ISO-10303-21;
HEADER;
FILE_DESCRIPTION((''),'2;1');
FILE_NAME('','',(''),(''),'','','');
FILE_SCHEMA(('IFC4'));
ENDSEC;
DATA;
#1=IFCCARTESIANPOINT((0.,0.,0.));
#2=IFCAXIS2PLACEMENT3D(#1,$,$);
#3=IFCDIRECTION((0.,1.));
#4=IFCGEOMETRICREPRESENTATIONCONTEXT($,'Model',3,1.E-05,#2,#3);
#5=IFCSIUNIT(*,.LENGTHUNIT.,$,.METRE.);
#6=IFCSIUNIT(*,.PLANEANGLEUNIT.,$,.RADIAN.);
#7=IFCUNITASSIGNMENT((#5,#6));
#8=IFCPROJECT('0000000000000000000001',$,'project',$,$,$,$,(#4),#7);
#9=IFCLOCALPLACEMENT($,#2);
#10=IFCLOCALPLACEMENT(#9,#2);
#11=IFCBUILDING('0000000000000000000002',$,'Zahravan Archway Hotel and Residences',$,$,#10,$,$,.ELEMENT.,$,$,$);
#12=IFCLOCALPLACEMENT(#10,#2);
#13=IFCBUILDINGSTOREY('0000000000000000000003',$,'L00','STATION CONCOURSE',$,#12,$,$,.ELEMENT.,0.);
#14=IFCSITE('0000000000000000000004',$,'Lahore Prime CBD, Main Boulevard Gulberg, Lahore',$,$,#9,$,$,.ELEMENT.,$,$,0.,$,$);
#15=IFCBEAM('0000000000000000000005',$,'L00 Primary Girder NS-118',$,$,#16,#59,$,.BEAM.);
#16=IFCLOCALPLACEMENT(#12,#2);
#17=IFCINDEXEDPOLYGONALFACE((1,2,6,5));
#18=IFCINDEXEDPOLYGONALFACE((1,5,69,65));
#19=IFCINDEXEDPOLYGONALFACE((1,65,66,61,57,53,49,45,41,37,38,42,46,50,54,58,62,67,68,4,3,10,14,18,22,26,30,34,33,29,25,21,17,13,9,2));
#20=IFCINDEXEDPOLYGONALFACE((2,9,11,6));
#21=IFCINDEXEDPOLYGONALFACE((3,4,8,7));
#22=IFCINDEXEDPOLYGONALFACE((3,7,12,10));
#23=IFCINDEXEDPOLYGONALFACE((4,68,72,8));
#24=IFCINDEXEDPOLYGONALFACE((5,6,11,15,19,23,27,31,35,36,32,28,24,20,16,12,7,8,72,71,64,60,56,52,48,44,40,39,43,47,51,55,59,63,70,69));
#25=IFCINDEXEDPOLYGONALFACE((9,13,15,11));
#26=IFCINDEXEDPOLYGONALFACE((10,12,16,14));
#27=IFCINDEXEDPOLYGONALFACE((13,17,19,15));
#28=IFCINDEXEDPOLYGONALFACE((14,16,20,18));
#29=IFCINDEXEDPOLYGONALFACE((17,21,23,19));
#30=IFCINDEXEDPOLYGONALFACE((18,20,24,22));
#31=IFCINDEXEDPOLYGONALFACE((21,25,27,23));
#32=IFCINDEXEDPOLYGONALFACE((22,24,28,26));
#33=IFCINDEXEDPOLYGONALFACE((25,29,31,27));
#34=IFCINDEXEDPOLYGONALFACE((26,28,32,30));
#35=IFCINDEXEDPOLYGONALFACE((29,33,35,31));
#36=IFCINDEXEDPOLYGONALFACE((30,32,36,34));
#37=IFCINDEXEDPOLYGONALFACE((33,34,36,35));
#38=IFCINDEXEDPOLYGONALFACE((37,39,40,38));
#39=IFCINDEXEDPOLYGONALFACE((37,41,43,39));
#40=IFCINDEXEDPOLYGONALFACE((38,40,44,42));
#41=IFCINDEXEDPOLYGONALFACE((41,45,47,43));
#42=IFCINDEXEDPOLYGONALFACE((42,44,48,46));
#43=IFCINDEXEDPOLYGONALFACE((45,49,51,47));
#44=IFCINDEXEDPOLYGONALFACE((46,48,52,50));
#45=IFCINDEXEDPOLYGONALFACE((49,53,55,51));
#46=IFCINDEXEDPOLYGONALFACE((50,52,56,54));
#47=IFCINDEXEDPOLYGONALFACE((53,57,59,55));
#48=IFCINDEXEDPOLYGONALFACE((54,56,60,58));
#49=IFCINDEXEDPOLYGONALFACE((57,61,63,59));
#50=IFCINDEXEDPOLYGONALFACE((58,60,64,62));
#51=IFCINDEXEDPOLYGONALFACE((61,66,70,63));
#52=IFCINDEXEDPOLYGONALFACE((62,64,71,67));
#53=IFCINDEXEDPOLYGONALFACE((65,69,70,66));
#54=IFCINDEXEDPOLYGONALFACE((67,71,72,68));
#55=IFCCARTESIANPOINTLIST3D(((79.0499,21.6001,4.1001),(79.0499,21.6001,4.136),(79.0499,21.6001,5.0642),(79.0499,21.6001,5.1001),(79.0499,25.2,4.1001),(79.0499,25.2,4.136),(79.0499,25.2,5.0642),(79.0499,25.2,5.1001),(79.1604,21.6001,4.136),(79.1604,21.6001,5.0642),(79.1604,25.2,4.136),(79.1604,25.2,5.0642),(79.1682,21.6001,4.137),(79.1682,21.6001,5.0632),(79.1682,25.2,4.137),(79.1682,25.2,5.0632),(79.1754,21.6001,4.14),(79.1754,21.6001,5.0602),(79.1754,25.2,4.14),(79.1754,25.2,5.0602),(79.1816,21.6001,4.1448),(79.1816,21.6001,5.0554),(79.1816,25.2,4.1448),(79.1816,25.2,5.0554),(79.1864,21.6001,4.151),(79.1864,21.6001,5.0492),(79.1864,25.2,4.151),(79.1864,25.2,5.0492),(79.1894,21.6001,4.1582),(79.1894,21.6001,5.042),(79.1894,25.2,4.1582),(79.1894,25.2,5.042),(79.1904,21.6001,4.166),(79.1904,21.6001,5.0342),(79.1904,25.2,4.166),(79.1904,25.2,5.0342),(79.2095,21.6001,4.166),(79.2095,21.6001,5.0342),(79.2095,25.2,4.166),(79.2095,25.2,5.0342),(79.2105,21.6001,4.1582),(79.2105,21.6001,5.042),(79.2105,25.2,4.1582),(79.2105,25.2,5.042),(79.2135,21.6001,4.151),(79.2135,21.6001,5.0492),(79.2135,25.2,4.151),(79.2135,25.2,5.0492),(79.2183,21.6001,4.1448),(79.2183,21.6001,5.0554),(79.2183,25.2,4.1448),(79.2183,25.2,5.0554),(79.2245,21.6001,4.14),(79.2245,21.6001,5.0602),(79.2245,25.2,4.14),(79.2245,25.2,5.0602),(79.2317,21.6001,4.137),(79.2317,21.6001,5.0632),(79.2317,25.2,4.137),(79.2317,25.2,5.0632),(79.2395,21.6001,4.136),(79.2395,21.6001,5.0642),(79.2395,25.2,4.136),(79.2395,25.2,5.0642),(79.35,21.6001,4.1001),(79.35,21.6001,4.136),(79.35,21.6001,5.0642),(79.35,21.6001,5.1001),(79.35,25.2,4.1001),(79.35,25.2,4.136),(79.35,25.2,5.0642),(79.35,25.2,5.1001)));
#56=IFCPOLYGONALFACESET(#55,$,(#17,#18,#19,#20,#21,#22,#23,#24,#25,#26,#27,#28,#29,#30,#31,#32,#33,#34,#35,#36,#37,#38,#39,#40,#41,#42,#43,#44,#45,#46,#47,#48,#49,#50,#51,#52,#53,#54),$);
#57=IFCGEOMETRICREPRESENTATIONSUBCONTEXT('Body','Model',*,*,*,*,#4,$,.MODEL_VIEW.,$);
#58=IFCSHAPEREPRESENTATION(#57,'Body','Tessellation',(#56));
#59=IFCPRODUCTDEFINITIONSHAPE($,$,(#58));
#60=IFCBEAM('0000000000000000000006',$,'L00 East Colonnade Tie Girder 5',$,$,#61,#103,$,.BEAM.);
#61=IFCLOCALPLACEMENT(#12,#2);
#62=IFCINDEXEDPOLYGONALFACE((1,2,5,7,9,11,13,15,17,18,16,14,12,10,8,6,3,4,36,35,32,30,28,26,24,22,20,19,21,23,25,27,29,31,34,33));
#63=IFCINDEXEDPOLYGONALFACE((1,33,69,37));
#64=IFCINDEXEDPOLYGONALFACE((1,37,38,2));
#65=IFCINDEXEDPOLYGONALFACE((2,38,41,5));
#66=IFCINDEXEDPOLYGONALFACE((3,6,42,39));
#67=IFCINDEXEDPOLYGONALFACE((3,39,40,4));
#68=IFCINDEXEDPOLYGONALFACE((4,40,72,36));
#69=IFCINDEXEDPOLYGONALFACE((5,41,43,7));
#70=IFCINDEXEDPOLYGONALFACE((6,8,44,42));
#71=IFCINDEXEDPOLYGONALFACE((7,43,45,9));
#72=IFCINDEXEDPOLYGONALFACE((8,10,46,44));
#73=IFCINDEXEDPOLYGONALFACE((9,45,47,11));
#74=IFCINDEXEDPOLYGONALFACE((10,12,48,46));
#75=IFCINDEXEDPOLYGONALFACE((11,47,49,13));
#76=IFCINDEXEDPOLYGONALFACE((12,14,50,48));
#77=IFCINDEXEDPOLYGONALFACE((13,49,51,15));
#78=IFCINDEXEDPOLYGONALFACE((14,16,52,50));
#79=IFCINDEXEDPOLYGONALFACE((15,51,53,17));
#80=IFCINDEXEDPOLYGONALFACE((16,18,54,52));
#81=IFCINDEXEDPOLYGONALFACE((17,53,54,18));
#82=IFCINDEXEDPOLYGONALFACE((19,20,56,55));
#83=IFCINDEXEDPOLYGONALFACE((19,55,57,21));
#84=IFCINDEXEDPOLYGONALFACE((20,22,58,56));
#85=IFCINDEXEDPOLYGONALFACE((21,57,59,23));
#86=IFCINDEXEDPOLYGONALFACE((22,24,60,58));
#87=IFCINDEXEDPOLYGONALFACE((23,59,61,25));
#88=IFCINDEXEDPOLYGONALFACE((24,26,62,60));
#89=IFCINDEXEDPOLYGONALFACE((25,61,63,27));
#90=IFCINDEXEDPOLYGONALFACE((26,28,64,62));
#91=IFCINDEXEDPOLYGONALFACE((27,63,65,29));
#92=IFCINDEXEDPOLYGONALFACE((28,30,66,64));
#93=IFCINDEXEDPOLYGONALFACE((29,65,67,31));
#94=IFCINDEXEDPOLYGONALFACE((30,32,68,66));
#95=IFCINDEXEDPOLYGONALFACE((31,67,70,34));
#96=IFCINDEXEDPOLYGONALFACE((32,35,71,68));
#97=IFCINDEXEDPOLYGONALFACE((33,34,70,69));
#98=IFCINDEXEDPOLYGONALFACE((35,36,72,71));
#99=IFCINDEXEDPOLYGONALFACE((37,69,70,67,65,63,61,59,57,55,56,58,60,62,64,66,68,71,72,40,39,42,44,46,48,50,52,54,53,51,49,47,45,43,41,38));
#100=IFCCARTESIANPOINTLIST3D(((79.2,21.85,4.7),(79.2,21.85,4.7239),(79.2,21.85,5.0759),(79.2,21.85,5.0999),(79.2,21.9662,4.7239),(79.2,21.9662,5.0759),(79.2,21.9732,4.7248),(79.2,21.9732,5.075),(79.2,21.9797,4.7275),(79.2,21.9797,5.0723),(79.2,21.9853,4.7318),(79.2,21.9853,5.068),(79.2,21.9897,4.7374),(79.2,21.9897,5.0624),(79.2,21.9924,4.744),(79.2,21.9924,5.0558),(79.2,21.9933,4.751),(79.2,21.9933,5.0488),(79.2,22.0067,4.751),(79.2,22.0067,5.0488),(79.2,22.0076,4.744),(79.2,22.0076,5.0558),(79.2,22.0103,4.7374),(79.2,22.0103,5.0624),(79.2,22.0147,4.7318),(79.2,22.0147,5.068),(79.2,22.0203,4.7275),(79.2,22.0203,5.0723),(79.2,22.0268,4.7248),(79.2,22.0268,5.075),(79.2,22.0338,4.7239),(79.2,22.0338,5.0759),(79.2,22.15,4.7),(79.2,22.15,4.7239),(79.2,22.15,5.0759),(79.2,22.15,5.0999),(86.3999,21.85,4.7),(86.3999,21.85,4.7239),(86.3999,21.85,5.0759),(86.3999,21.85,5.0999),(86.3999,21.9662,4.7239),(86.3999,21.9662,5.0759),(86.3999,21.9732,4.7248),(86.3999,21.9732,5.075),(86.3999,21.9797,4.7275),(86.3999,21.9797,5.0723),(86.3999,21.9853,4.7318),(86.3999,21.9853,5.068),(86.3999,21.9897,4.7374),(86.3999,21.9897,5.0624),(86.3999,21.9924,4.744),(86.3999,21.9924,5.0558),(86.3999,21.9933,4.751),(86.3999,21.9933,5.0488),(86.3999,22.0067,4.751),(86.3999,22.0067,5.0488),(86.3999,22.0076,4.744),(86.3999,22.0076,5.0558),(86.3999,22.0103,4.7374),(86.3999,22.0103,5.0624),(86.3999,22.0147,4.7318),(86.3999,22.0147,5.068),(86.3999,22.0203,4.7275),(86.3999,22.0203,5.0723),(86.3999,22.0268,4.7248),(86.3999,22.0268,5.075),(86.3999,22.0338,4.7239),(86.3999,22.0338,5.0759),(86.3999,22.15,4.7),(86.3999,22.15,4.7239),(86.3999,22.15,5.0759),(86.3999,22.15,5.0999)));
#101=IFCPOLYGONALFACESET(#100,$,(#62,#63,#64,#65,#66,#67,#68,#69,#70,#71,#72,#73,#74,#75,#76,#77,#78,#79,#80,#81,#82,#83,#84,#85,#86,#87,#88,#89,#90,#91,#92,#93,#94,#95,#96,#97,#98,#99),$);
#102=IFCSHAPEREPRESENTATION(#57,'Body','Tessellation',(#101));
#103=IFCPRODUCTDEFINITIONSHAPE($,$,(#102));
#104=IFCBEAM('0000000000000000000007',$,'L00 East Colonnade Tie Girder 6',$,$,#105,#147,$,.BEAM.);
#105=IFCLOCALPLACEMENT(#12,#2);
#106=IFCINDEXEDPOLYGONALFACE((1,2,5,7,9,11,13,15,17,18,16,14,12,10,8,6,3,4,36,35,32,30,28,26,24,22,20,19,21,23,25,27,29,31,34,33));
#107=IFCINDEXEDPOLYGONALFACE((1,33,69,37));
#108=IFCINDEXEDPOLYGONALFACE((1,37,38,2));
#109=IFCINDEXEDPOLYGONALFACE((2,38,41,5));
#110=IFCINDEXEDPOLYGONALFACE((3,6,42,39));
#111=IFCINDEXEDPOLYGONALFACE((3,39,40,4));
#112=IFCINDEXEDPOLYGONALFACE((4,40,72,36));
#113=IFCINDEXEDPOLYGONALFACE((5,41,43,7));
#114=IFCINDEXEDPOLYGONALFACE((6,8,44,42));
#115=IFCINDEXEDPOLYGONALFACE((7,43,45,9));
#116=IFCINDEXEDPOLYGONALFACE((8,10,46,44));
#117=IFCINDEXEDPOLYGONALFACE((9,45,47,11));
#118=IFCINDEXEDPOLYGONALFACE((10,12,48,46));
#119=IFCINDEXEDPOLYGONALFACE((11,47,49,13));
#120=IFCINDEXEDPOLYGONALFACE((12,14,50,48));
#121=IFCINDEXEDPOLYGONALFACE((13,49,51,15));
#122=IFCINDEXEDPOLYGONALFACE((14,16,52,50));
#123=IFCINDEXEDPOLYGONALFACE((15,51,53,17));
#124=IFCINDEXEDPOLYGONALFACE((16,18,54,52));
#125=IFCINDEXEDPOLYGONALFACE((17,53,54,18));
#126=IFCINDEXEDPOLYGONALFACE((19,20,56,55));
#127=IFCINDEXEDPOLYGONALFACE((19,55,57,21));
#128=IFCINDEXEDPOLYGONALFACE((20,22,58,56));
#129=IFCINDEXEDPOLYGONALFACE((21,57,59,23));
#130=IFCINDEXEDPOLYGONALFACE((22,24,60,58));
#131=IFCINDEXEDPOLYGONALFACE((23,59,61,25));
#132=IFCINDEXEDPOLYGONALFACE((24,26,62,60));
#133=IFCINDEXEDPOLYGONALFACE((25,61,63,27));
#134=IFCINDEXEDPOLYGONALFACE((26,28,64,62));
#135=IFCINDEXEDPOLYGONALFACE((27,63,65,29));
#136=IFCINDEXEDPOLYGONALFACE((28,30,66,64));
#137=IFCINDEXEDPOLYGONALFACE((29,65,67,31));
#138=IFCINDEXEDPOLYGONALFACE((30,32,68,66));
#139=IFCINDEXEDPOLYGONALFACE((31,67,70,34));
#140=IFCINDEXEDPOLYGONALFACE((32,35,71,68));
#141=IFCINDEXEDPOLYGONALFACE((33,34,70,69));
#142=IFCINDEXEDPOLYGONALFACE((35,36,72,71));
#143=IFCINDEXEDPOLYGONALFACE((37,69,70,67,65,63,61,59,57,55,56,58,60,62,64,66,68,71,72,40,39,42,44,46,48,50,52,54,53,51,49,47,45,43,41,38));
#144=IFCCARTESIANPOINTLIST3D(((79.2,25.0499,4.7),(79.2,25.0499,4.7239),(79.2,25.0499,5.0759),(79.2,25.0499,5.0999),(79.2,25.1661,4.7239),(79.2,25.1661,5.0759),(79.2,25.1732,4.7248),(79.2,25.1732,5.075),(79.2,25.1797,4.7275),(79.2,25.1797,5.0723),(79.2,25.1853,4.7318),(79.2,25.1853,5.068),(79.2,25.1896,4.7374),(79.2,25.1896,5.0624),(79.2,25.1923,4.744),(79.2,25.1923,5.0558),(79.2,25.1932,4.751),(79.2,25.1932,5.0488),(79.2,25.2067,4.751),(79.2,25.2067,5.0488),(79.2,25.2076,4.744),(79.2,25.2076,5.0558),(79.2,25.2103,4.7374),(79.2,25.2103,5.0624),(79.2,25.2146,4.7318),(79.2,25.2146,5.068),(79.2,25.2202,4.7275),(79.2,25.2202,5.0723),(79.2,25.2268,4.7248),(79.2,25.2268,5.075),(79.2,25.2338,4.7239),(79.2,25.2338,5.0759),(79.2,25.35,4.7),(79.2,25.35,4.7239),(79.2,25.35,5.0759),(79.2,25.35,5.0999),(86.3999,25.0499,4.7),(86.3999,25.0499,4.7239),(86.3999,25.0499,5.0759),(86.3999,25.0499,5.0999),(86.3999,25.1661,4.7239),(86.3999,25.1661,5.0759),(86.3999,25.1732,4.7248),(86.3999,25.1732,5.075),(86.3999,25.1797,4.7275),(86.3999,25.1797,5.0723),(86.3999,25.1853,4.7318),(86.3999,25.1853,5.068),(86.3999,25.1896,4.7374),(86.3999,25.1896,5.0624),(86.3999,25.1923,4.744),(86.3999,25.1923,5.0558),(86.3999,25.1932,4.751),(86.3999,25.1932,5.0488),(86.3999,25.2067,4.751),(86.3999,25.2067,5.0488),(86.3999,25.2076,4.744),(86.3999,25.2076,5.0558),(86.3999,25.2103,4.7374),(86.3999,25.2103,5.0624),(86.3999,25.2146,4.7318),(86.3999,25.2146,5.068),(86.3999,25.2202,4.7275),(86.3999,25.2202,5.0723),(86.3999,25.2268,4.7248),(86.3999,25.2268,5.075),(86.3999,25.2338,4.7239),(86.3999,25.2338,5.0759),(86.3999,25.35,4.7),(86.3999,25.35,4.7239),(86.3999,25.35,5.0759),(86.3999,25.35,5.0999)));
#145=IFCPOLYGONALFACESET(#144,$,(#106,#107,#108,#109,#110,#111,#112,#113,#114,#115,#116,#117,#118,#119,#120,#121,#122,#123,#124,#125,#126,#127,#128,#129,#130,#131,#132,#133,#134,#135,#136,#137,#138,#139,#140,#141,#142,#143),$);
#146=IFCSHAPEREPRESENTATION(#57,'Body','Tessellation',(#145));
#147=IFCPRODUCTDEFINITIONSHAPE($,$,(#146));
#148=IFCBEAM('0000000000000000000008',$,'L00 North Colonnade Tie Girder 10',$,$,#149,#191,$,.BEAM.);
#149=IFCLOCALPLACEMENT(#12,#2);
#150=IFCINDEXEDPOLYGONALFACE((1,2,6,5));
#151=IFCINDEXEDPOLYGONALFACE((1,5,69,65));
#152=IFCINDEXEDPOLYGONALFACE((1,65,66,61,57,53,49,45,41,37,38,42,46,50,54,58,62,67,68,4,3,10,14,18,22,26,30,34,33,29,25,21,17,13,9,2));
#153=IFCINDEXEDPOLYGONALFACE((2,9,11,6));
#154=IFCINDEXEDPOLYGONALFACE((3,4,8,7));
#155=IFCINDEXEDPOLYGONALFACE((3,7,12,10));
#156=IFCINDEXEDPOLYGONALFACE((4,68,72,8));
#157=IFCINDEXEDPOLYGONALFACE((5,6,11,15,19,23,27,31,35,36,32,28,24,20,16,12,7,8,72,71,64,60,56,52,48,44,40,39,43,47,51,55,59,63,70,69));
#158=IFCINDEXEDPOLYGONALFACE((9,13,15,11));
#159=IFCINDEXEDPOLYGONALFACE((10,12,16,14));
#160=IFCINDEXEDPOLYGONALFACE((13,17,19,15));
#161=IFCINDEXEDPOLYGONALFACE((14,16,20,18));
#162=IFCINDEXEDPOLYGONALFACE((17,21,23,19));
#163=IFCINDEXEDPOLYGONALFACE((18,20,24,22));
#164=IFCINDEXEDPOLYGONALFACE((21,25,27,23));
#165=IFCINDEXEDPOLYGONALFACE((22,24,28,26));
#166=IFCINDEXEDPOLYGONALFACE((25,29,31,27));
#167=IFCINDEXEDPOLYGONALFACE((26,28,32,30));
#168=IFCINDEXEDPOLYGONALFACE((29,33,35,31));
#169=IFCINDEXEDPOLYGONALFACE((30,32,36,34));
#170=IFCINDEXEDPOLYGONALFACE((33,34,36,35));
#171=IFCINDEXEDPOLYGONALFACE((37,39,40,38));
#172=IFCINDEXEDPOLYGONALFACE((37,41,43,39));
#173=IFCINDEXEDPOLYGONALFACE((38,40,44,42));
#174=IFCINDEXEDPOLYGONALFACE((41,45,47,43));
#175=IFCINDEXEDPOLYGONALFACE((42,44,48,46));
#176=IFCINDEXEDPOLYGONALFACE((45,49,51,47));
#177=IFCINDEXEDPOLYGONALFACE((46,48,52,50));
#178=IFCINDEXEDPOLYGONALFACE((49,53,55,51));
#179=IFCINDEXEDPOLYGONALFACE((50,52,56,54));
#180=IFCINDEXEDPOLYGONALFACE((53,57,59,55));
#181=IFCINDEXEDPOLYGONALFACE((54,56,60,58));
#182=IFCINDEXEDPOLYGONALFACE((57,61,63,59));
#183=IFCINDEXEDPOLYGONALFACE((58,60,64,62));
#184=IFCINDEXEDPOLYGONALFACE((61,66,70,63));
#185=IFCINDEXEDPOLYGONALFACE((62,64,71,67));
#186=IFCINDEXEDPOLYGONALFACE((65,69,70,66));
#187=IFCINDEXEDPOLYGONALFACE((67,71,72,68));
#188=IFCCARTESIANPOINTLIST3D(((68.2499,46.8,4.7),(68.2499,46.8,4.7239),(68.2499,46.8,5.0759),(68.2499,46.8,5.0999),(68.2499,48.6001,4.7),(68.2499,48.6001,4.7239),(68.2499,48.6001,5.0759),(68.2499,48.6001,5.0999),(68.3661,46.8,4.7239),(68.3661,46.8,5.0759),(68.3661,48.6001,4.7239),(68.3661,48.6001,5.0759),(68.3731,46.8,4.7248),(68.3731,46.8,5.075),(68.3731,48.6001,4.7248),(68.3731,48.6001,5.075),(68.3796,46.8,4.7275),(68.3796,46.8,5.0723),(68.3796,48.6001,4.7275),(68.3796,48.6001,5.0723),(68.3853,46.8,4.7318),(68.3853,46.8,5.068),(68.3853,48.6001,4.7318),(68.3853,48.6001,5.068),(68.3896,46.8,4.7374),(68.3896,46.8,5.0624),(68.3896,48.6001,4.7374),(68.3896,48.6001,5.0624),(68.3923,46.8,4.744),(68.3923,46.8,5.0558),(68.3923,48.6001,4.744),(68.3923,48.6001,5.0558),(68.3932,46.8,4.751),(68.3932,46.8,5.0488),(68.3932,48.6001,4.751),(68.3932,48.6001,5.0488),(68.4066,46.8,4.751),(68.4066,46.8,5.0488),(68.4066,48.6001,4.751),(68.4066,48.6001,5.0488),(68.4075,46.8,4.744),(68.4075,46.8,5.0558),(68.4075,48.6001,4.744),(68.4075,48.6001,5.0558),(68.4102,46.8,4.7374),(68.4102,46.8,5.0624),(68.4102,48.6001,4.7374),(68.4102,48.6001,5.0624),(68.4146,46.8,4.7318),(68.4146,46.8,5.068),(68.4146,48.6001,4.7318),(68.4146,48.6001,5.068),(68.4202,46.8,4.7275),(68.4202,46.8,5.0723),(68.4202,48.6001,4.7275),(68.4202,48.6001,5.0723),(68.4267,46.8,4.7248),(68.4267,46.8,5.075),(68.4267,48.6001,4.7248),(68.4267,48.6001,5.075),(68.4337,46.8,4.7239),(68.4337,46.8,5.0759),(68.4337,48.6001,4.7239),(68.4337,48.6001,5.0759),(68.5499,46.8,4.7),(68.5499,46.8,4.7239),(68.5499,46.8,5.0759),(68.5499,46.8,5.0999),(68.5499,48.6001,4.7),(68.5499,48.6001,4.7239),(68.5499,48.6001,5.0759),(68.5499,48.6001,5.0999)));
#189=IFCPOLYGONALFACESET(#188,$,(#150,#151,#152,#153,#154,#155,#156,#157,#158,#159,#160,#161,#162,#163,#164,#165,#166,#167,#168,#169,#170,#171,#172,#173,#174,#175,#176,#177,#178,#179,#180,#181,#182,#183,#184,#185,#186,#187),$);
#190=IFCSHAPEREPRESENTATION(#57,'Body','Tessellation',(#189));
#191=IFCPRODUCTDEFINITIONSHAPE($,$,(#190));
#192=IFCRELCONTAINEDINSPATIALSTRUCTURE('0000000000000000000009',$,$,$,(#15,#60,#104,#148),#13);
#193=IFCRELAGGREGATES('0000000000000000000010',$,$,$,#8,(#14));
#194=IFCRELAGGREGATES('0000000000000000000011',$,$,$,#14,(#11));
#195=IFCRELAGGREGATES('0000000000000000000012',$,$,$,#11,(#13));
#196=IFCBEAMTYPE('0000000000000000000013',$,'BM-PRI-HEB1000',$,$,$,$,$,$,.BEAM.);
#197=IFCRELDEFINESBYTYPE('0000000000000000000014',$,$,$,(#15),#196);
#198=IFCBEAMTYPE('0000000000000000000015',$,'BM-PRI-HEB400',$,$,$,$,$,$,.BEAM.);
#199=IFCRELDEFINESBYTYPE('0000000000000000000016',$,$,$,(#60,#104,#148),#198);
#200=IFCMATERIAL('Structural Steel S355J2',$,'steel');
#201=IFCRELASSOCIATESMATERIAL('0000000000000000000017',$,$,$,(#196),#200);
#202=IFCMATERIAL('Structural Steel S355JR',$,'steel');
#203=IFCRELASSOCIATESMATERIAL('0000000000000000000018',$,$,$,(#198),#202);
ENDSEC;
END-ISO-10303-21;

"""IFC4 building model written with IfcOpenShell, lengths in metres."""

from ifc_helpers import new_model, si_unit, direction, frame, origin, origin_2d, place, context, subcontext, project, spatial, i_section, extrude, source, transform, mapped, material, material_profile, profile_set, type_object, type_shapes, element, save


model = new_model("IFC4")

# Units and contexts
model_context = context("Model", 3, precision=1e-05, world=origin(), true_north=direction((0.0, 1.0)))
body_context = subcontext(model_context, "Body", "Model", "MODEL_VIEW")
ifc_project = project(units=[si_unit("LENGTHUNIT", "METRE"), si_unit("PLANEANGLEUNIT", "RADIAN")], contexts=[model_context])

# Site, building, storey
site_placement = place(None, origin())
site = spatial("IfcSite", under=ifc_project, at=site_placement, Name="Lahore Prime CBD, Main Boulevard Gulberg, Lahore", CompositionType="ELEMENT", RefElevation=0.0)
building_placement = place(site_placement, origin())
building = spatial("IfcBuilding", under=site, at=building_placement, Name="Zahravan Archway Hotel and Residences", CompositionType="ELEMENT")
storey_placement = place(building_placement, origin())
storey = spatial("IfcBuildingStorey", under=building, at=storey_placement, Name="L00", Description="STATION CONCOURSE", CompositionType="ELEMENT", Elevation=0.0)

# Beams
ifc_material_1 = material(Name="Structural Steel S355J2", Category="steel")
ifc_material_profile_1 = material_profile(ifc_material_1, i_section(OverallWidth=0.3, OverallDepth=1.0, WebThickness=0.019, FlangeThickness=0.0359, FilletRadius=0.03, at=origin_2d()), Name="HEB 1000", Category="steel")
ifc_profile_set_1 = profile_set([ifc_material_profile_1], Name="Structural Steel S355J2")
beam_type_1 = type_object("IfcBeamType", Name="BM-PRI-HEB1000", PredefinedType="BEAM", material=ifc_profile_set_1)
shared_shape_1 = source(origin(), body_context, "Body", "SweptSolid", [
    extrude(i_section(OverallWidth=0.3, OverallDepth=1.0, WebThickness=0.019, FlangeThickness=0.0359, FilletRadius=0.03, at=origin_2d()), origin(), (0.0, 0.0, 1.0), 3.5999),
])
beam_1_placement = place(storey_placement, frame((79.2, 21.6001, 4.6001), z_axis=(0.0, 1.0, 0.0), x_axis=(-1.0, 0.0, 0.0)))
element("IfcBeam", 1, at=beam_1_placement, inside=storey, type_object=beam_type_1, Name="L00 Primary Girder NS-118", PredefinedType="BEAM", context=body_context, shape_type="MappedRepresentation", body=[
    mapped(shared_shape_1, transform((0.0, 0.0, 0.0), scale=1.0)),
])
ifc_material_2 = material(Name="Structural Steel S355JR", Category="steel")
ifc_material_profile_2 = material_profile(ifc_material_2, i_section(OverallWidth=0.3, OverallDepth=0.3999, WebThickness=0.0134, FlangeThickness=0.0239, FilletRadius=0.0271, at=origin_2d()), Name="HEB 400", Category="steel")
ifc_profile_set_2 = profile_set([ifc_material_profile_2], Name="Structural Steel S355JR")
beam_type_2 = type_object("IfcBeamType", Name="BM-PRI-HEB400", PredefinedType="BEAM", material=ifc_profile_set_2)
shared_shape_2 = source(origin(), body_context, "Body", "SweptSolid", [
    extrude(i_section(OverallWidth=0.3, OverallDepth=0.3999, WebThickness=0.0134, FlangeThickness=0.0239, FilletRadius=0.0271, at=origin_2d()), origin(), (0.0, 0.0, 1.0), 7.2),
])
type_shapes(beam_type_2, [shared_shape_2])
for number, where, z_axis, x_axis, name in (
    (2, (79.2, 22.0, 4.8999), (1.0, 0.0, 0.0), (0.0, 1.0, 0.0), "L00 East Colonnade Tie Girder 5"),
    (3, (79.2, 25.2, 4.8999), (1.0, 0.0, 0.0), (0.0, 1.0, 0.0), "L00 East Colonnade Tie Girder 6"),
):
    element("IfcBeam", number, at=place(storey_placement, frame(where, z_axis=z_axis, x_axis=x_axis)), inside=storey, type_object=beam_type_2, Name=name, PredefinedType="BEAM", context=body_context, shape_type="MappedRepresentation", body=[
        mapped(shared_shape_2, transform((0.0, 0.0, 0.0), scale=1.0)),
    ])
shared_shape_3 = source(origin(), body_context, "Body", "SweptSolid", [
    extrude(i_section(OverallWidth=0.3, OverallDepth=0.3999, WebThickness=0.0134, FlangeThickness=0.0239, FilletRadius=0.0271, at=origin_2d()), origin(), (0.0, 0.0, 1.0), 1.8),
])
beam_2_placement = place(storey_placement, frame((68.3999, 46.8, 4.8999), z_axis=(0.0, 1.0, 0.0), x_axis=(-1.0, 0.0, 0.0)))
element("IfcBeam", 4, at=beam_2_placement, inside=storey, type_object=beam_type_2, Name="L00 North Colonnade Tie Girder 10", PredefinedType="BEAM", context=body_context, shape_type="MappedRepresentation", body=[
    mapped(shared_shape_3, transform((0.0, 0.0, 0.0), scale=1.0)),
])

save(model, "model.ifc")
